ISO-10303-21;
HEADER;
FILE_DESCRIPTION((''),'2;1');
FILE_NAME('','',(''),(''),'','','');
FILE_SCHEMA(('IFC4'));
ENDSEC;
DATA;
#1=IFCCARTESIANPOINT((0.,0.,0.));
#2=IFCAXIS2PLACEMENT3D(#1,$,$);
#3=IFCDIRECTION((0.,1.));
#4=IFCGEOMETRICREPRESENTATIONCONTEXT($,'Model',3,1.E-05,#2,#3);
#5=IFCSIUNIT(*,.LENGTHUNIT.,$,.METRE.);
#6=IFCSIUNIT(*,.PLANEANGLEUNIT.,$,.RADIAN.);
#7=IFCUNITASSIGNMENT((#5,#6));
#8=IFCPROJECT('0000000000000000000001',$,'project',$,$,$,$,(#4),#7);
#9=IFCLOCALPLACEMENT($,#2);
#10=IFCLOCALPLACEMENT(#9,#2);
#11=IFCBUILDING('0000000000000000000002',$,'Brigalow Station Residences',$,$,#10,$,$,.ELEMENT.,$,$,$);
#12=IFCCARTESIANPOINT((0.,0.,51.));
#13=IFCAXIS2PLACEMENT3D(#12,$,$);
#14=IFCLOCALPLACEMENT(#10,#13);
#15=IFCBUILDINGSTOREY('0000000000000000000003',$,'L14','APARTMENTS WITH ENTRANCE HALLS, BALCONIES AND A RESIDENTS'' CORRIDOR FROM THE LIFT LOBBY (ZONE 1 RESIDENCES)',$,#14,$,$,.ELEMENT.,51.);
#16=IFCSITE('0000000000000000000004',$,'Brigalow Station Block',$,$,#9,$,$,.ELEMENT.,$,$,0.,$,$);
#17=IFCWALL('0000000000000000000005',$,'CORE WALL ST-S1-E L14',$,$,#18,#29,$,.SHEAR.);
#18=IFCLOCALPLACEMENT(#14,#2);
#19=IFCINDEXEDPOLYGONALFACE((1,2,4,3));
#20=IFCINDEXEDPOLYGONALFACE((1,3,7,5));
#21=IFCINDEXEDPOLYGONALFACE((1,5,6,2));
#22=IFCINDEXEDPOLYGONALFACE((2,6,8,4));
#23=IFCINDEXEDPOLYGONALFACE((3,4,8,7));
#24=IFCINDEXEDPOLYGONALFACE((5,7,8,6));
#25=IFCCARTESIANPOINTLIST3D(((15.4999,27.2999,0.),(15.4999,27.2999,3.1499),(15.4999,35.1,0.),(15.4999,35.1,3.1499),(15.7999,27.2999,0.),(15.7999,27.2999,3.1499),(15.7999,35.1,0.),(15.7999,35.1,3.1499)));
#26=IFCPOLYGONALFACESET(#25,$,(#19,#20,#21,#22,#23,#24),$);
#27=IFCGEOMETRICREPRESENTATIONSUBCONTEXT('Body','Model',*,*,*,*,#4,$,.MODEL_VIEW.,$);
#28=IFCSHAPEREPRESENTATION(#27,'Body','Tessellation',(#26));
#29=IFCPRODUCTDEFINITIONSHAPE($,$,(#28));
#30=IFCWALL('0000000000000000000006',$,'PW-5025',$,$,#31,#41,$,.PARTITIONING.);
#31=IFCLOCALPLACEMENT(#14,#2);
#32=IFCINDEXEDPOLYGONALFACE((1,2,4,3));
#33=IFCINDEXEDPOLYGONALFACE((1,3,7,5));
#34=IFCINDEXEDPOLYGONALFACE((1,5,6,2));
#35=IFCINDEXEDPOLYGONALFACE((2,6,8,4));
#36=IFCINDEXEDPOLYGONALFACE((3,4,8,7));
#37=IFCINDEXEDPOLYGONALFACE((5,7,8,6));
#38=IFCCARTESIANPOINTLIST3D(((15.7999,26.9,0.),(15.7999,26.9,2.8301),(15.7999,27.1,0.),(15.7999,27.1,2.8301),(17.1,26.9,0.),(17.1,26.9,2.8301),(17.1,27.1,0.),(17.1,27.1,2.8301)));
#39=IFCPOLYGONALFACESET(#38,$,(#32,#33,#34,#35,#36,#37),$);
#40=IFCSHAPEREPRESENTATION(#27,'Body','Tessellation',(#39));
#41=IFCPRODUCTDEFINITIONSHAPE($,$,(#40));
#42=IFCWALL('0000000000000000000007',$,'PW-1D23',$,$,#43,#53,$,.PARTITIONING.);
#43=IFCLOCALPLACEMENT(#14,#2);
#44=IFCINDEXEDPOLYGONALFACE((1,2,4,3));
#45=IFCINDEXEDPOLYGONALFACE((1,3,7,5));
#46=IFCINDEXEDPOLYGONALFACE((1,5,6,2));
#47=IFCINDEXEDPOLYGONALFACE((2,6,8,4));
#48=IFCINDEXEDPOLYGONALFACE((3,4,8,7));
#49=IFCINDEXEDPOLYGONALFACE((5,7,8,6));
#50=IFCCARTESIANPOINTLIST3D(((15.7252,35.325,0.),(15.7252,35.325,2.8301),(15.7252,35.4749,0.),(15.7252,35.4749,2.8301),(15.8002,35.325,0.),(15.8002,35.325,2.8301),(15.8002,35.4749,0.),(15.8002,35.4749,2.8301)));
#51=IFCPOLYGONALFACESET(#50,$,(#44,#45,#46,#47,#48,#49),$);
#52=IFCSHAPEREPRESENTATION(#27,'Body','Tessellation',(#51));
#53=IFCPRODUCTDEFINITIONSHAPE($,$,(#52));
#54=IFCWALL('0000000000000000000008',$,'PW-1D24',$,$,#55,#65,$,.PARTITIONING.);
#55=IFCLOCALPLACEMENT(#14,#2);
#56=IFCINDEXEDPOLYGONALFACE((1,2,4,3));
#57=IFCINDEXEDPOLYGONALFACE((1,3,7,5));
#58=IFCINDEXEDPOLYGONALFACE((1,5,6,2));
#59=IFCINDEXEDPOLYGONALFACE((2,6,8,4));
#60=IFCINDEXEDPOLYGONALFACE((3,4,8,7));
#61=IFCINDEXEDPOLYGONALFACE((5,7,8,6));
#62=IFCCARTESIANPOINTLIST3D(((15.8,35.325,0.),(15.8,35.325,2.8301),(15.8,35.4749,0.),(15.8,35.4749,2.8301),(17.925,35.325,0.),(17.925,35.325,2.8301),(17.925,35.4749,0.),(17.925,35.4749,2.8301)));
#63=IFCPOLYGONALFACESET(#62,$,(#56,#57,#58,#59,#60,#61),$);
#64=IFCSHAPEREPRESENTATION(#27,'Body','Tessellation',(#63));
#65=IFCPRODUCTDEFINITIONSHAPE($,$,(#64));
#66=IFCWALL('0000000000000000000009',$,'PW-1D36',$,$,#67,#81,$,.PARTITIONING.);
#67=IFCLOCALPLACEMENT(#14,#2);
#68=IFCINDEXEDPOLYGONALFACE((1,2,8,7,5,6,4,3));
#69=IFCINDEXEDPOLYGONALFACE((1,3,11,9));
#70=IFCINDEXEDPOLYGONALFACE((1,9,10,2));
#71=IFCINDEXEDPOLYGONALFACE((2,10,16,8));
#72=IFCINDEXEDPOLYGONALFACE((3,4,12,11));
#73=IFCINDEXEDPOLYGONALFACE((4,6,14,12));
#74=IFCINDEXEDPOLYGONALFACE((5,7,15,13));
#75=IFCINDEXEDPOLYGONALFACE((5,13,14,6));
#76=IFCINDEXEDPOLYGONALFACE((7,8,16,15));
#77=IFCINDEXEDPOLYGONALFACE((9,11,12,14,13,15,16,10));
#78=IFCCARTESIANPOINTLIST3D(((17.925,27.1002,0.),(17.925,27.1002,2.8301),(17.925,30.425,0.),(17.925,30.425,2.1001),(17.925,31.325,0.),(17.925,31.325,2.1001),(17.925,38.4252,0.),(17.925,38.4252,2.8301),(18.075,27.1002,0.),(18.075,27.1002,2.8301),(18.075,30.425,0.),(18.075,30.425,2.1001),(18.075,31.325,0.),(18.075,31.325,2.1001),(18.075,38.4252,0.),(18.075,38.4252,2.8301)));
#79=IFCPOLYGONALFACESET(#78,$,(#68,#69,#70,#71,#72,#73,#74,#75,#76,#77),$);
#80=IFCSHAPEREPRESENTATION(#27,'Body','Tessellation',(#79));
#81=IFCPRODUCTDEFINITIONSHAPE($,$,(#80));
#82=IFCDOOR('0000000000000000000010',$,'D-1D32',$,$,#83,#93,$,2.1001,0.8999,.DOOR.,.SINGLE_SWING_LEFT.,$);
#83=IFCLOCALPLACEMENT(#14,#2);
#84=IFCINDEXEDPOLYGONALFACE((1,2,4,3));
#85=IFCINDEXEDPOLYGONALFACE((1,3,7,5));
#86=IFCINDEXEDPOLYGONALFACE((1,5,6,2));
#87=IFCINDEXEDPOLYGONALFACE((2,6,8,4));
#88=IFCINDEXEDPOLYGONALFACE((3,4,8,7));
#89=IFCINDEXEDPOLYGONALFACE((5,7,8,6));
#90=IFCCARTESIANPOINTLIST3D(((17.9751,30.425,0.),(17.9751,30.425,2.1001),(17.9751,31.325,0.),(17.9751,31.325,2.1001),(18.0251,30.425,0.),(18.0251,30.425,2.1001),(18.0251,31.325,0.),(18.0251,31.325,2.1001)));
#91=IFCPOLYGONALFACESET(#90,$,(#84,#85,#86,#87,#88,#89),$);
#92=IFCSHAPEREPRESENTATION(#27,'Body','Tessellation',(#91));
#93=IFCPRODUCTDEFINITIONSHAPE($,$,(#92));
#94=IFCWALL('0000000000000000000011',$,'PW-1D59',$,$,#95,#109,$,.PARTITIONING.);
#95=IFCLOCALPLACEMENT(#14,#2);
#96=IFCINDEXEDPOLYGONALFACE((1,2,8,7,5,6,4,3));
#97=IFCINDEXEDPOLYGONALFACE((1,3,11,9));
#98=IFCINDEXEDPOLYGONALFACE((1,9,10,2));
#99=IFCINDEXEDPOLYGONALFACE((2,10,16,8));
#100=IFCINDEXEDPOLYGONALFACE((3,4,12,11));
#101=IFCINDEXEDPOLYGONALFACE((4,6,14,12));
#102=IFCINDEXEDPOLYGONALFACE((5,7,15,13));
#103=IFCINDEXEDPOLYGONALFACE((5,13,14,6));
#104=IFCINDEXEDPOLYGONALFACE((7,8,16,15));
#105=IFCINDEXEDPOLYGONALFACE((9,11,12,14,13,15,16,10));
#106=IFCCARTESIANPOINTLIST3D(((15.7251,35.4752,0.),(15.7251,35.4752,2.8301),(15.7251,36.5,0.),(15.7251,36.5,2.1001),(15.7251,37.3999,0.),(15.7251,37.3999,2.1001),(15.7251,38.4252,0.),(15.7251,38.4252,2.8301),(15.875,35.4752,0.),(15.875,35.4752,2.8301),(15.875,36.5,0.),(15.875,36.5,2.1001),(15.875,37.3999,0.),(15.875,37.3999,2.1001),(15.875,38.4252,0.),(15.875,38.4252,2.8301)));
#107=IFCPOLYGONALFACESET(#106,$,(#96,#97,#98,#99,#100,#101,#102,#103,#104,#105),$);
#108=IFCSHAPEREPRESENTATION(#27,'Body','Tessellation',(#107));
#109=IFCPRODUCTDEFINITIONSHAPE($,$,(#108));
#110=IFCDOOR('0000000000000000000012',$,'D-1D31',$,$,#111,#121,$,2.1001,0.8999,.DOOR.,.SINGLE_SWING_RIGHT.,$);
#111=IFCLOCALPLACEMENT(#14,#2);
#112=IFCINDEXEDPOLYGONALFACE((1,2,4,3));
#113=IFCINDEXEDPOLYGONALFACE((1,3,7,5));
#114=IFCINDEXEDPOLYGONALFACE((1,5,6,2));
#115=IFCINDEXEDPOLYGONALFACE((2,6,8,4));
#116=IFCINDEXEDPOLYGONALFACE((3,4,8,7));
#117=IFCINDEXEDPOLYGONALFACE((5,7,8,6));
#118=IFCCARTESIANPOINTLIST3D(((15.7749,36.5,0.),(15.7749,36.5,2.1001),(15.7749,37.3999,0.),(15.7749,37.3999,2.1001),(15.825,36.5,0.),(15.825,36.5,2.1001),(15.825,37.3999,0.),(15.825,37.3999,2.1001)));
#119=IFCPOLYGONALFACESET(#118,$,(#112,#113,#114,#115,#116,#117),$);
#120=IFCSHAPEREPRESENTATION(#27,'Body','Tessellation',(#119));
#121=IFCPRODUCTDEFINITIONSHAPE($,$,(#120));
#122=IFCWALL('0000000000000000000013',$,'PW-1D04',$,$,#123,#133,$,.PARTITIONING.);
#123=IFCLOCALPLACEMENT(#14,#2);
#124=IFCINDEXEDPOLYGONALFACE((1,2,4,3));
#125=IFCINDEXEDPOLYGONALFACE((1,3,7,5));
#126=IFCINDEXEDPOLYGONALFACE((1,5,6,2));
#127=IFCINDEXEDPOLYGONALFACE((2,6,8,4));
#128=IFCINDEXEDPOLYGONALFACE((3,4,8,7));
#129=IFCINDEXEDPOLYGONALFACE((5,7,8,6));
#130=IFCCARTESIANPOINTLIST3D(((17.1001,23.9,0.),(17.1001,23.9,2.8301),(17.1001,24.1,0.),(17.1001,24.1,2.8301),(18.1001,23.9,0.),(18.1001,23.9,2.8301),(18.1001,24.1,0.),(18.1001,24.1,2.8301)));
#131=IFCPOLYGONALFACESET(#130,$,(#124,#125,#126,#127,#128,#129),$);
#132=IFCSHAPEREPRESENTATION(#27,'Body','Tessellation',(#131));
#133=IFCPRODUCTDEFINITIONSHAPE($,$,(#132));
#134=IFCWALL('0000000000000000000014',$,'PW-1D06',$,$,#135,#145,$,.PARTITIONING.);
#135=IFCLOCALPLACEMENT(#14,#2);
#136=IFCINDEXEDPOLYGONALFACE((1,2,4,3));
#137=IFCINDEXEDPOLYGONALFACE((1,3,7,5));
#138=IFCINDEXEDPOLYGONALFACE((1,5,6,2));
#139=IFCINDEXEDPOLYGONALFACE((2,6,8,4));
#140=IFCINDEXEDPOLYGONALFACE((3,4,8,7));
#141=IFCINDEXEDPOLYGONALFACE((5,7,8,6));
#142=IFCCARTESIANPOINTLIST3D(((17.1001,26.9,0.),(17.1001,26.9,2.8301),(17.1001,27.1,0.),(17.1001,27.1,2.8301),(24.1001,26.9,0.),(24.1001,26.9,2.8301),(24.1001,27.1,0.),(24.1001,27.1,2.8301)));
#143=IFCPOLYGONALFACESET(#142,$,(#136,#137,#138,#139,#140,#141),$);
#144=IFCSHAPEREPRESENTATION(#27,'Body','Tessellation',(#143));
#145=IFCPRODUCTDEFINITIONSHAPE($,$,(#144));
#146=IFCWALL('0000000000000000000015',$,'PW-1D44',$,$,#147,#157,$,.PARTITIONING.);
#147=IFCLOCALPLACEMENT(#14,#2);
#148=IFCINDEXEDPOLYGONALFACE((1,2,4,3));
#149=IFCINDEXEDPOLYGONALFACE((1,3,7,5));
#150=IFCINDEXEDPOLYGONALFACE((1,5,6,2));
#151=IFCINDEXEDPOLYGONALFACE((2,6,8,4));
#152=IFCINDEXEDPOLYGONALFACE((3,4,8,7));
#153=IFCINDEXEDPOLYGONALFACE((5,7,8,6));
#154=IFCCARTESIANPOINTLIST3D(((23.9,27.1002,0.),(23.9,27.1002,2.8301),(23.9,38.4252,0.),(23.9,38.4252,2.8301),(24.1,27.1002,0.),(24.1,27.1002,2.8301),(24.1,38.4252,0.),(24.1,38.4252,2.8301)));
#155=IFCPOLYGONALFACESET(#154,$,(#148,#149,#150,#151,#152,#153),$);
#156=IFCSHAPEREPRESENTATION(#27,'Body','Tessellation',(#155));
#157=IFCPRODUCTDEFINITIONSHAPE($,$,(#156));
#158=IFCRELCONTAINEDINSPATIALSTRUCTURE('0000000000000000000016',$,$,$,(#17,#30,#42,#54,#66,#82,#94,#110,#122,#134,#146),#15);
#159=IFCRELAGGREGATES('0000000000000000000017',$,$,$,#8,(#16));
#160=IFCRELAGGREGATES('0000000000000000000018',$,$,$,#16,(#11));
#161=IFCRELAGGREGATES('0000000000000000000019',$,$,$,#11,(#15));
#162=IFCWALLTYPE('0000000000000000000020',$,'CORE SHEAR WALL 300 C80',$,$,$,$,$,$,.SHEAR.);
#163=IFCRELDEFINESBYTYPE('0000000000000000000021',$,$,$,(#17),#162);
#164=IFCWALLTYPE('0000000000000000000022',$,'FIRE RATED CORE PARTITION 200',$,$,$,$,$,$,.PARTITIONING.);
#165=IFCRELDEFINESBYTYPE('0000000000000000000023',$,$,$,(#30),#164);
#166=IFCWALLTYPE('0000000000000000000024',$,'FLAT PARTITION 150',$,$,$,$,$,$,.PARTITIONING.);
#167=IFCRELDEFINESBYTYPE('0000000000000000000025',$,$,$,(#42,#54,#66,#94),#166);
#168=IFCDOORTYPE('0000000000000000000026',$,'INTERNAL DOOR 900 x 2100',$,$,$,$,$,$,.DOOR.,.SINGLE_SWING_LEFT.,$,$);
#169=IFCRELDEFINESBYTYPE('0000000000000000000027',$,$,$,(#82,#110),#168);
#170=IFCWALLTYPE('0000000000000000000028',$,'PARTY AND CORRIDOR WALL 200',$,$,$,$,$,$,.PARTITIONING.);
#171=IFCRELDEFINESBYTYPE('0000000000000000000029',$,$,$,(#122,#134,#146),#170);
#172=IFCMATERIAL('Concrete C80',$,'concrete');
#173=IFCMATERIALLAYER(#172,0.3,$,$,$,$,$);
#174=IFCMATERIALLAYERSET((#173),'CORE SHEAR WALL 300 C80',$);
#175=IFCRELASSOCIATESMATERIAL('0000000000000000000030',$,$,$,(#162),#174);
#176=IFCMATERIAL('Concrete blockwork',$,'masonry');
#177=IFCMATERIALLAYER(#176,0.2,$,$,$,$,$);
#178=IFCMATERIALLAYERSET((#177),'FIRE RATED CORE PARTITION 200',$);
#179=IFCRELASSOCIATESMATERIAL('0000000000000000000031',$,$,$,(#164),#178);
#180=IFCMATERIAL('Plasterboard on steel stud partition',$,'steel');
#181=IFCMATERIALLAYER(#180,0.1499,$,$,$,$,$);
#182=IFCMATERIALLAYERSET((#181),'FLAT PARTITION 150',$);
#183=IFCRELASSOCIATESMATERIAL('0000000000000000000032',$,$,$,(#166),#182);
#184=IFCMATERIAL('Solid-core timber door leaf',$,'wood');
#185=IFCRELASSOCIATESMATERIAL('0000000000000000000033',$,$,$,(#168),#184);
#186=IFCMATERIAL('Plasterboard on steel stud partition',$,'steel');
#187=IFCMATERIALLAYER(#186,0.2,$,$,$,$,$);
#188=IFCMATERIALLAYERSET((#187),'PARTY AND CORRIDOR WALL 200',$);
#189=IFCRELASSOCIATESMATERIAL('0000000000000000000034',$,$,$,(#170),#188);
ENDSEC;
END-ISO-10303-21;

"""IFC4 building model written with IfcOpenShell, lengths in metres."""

from ifc_helpers import new_model, si_unit, direction, frame, frame_2d, origin, place, context, subcontext, project, spatial, rectangle, extrude, material, layer, layer_set, type_object, element, fill, save


model = new_model("IFC4")

# Units and contexts
model_context = context("Model", 3, precision=1e-05, world=origin(), true_north=direction((0.0, 1.0)))
body_context = subcontext(model_context, "Body", "Model", "MODEL_VIEW")
ifc_project = project(units=[si_unit("LENGTHUNIT", "METRE"), si_unit("PLANEANGLEUNIT", "RADIAN")], contexts=[model_context])

# Site, building, storey
site_placement = place(None, origin())
site = spatial("IfcSite", under=ifc_project, at=site_placement, Name="Brigalow Station Block", CompositionType="ELEMENT", RefElevation=0.0)
building_placement = place(site_placement, origin())
building = spatial("IfcBuilding", under=site, at=building_placement, Name="Brigalow Station Residences", CompositionType="ELEMENT")
storey_placement = place(building_placement, frame((0.0, 0.0, 51.0)))
storey = spatial("IfcBuildingStorey", under=building, at=storey_placement, Name="L14", Description="APARTMENTS WITH ENTRANCE HALLS, BALCONIES AND A RESIDENTS' CORRIDOR FROM THE LIFT LOBBY (ZONE 1 RESIDENCES)", CompositionType="ELEMENT", Elevation=51.0)

# Walls
ifc_material_1 = material(Name="Concrete C80", Category="concrete")
ifc_layer_1 = layer(ifc_material_1, 0.3)
ifc_layer_set_1 = layer_set([ifc_layer_1], Name="CORE SHEAR WALL 300 C80")
wall_type_1 = type_object("IfcWallType", Name="CORE SHEAR WALL 300 C80", PredefinedType="SHEAR", material=ifc_layer_set_1)
wall_1_placement = place(storey_placement, frame((15.6499, 27.3, 0.0), z_axis=(0.0, 0.0, 1.0), x_axis=(0.0, 1.0, 0.0)))
element("IfcWall", 1, at=wall_1_placement, inside=storey, type_object=wall_type_1, Name="CORE WALL ST-S1-E L14", PredefinedType="SHEAR", context=body_context, shape_type="SweptSolid", body=[
    extrude(rectangle(XDim=7.8, YDim=0.3, at=frame_2d((3.8999, 0.0))), origin(), (0.0, 0.0, 1.0), 3.1499),
])
ifc_material_2 = material(Name="Concrete blockwork", Category="masonry")
ifc_layer_2 = layer(ifc_material_2, 0.2)
ifc_layer_set_2 = layer_set([ifc_layer_2], Name="FIRE RATED CORE PARTITION 200")
wall_type_2 = type_object("IfcWallType", Name="FIRE RATED CORE PARTITION 200", PredefinedType="PARTITIONING", material=ifc_layer_set_2)
wall_2_placement = place(storey_placement, frame((15.8, 27.0, 0.0), z_axis=(0.0, 0.0, 1.0), x_axis=(1.0, 0.0, 0.0)))
element("IfcWall", 2, at=wall_2_placement, inside=storey, type_object=wall_type_2, Name="PW-5025", PredefinedType="PARTITIONING", context=body_context, shape_type="SweptSolid", body=[
    extrude(rectangle(XDim=1.3, YDim=0.2, at=frame_2d((0.6499, 0.0))), origin(), (0.0, 0.0, 1.0), 2.8301),
])
ifc_material_3 = material(Name="Plasterboard on steel stud partition", Category="steel")
ifc_layer_3 = layer(ifc_material_3, 0.1499)
ifc_layer_set_3 = layer_set([ifc_layer_3], Name="FLAT PARTITION 150")
wall_type_3 = type_object("IfcWallType", Name="FLAT PARTITION 150", PredefinedType="PARTITIONING", material=ifc_layer_set_3)
wall_3_placement = place(storey_placement, frame((15.7251, 35.3999, 0.0), z_axis=(0.0, 0.0, 1.0), x_axis=(1.0, 0.0, 0.0)))
element("IfcWall", 3, at=wall_3_placement, inside=storey, type_object=wall_type_3, Name="PW-1D23", PredefinedType="PARTITIONING", context=body_context, shape_type="SweptSolid", body=[
    extrude(rectangle(XDim=0.075, YDim=0.1499, at=frame_2d((0.0376, 0.0))), origin(), (0.0, 0.0, 1.0), 2.8301),
])
wall_4_placement = place(storey_placement, frame((15.8, 35.3999, 0.0), z_axis=(0.0, 0.0, 1.0), x_axis=(1.0, 0.0, 0.0)))
element("IfcWall", 4, at=wall_4_placement, inside=storey, type_object=wall_type_3, Name="PW-1D24", PredefinedType="PARTITIONING", context=body_context, shape_type="SweptSolid", body=[
    extrude(rectangle(XDim=2.125, YDim=0.1499, at=frame_2d((1.0625, 0.0))), origin(), (0.0, 0.0, 1.0), 2.8301),
])

# Walls, openings, doors
wall_5_placement = place(storey_placement, frame((18.0, 27.1001, 0.0), z_axis=(0.0, 0.0, 1.0), x_axis=(0.0, 1.0, 0.0)))
wall_5 = element("IfcWall", 5, at=wall_5_placement, inside=storey, type_object=wall_type_3, Name="PW-1D36", PredefinedType="PARTITIONING", context=body_context, shape_type="SweptSolid", body=[
    extrude(rectangle(XDim=11.325, YDim=0.1499, at=frame_2d((5.6626, 0.0))), origin(), (0.0, 0.0, 1.0), 2.8301),
])
opening_1_placement = place(wall_5_placement, frame((3.325, 0.0, 0.0)))
opening_1 = element("IfcOpeningElement", 6, at=opening_1_placement, cuts=wall_5, PredefinedType="OPENING", context=body_context, shape_type="SweptSolid", body=[
    extrude(rectangle(XDim=0.8999, YDim=2.1001, at=frame_2d((0.45, 1.05))), frame((0.0, 0.085, 0.0), z_axis=(0.0, -1.0, 0.0), x_axis=(1.0, 0.0, 0.0)), (0.0, 0.0, 1.0), 0.1699),
])
ifc_material_4 = material(Name="Solid-core timber door leaf", Category="wood")
door_type = type_object("IfcDoorType", Name="INTERNAL DOOR 900 x 2100", OperationType="SINGLE_SWING_LEFT", PredefinedType="DOOR", material=ifc_material_4)
door_1_placement = place(opening_1_placement, origin())
door_1 = element("IfcDoor", 7, at=door_1_placement, inside=storey, type_object=door_type, Name="D-1D32", OperationType="SINGLE_SWING_LEFT", OverallHeight=2.1001, OverallWidth=0.8999, PredefinedType="DOOR", context=body_context, shape_type="SweptSolid", body=[
    extrude(rectangle(XDim=0.8999, YDim=2.1001, at=frame_2d((0.45, 1.05))), frame((0.0, 0.0249, 0.0), z_axis=(0.0, -1.0, 0.0), x_axis=(1.0, 0.0, 0.0)), (0.0, 0.0, 1.0), 0.05),
])
fill(opening_1, door_1)
wall_6_placement = place(storey_placement, frame((15.8, 35.4751, 0.0), z_axis=(0.0, 0.0, 1.0), x_axis=(0.0, 1.0, 0.0)))
wall_6 = element("IfcWall", 8, at=wall_6_placement, inside=storey, type_object=wall_type_3, Name="PW-1D59", PredefinedType="PARTITIONING", context=body_context, shape_type="SweptSolid", body=[
    extrude(rectangle(XDim=2.95, YDim=0.1499, at=frame_2d((1.4751, 0.0))), origin(), (0.0, 0.0, 1.0), 2.8301),
])
opening_2_placement = place(wall_6_placement, frame((1.0249, 0.0, 0.0)))
opening_2 = element("IfcOpeningElement", 9, at=opening_2_placement, cuts=wall_6, PredefinedType="OPENING", context=body_context, shape_type="SweptSolid", body=[
    extrude(rectangle(XDim=0.8999, YDim=2.1001, at=frame_2d((0.45, 1.05))), frame((0.0, 0.085, 0.0), z_axis=(0.0, -1.0, 0.0), x_axis=(1.0, 0.0, 0.0)), (0.0, 0.0, 1.0), 0.1699),
])
door_2_placement = place(opening_2_placement, frame((0.8999, 0.0, 0.0), z_axis=(0.0, 0.0, 1.0), x_axis=(-1.0, 0.0, 0.0)))
door_2 = element("IfcDoor", 10, at=door_2_placement, inside=storey, type_object=door_type, Name="D-1D31", OperationType="SINGLE_SWING_RIGHT", OverallHeight=2.1001, OverallWidth=0.8999, PredefinedType="DOOR", context=body_context, shape_type="SweptSolid", body=[
    extrude(rectangle(XDim=0.8999, YDim=2.1001, at=frame_2d((0.45, 1.05))), frame((0.0, 0.0249, 0.0), z_axis=(0.0, -1.0, 0.0), x_axis=(1.0, 0.0, 0.0)), (0.0, 0.0, 1.0), 0.05),
])
fill(opening_2, door_2)

# Walls
ifc_material_5 = material(Name="Plasterboard on steel stud partition", Category="steel")
ifc_layer_4 = layer(ifc_material_5, 0.2)
ifc_layer_set_4 = layer_set([ifc_layer_4], Name="PARTY AND CORRIDOR WALL 200")
wall_type_4 = type_object("IfcWallType", Name="PARTY AND CORRIDOR WALL 200", PredefinedType="PARTITIONING", material=ifc_layer_set_4)
wall_7_placement = place(storey_placement, frame((17.1001, 24.0, 0.0), z_axis=(0.0, 0.0, 1.0), x_axis=(1.0, 0.0, 0.0)))
element("IfcWall", 11, at=wall_7_placement, inside=storey, type_object=wall_type_4, Name="PW-1D04", PredefinedType="PARTITIONING", context=body_context, shape_type="SweptSolid", body=[
    extrude(rectangle(XDim=1.0, YDim=0.2, at=frame_2d((0.5, 0.0))), origin(), (0.0, 0.0, 1.0), 2.8301),
])
wall_8_placement = place(storey_placement, frame((17.1001, 27.0, 0.0), z_axis=(0.0, 0.0, 1.0), x_axis=(1.0, 0.0, 0.0)))
element("IfcWall", 12, at=wall_8_placement, inside=storey, type_object=wall_type_4, Name="PW-1D06", PredefinedType="PARTITIONING", context=body_context, shape_type="SweptSolid", body=[
    extrude(rectangle(XDim=7.0, YDim=0.2, at=frame_2d((3.5, 0.0))), origin(), (0.0, 0.0, 1.0), 2.8301),
])
wall_9_placement = place(storey_placement, frame((24.0, 27.1001, 0.0), z_axis=(0.0, 0.0, 1.0), x_axis=(0.0, 1.0, 0.0)))
element("IfcWall", 13, at=wall_9_placement, inside=storey, type_object=wall_type_4, Name="PW-1D44", PredefinedType="PARTITIONING", context=body_context, shape_type="SweptSolid", body=[
    extrude(rectangle(XDim=11.325, YDim=0.2, at=frame_2d((5.6626, 0.0))), origin(), (0.0, 0.0, 1.0), 2.8301),
])

save(model, "model.ifc")
